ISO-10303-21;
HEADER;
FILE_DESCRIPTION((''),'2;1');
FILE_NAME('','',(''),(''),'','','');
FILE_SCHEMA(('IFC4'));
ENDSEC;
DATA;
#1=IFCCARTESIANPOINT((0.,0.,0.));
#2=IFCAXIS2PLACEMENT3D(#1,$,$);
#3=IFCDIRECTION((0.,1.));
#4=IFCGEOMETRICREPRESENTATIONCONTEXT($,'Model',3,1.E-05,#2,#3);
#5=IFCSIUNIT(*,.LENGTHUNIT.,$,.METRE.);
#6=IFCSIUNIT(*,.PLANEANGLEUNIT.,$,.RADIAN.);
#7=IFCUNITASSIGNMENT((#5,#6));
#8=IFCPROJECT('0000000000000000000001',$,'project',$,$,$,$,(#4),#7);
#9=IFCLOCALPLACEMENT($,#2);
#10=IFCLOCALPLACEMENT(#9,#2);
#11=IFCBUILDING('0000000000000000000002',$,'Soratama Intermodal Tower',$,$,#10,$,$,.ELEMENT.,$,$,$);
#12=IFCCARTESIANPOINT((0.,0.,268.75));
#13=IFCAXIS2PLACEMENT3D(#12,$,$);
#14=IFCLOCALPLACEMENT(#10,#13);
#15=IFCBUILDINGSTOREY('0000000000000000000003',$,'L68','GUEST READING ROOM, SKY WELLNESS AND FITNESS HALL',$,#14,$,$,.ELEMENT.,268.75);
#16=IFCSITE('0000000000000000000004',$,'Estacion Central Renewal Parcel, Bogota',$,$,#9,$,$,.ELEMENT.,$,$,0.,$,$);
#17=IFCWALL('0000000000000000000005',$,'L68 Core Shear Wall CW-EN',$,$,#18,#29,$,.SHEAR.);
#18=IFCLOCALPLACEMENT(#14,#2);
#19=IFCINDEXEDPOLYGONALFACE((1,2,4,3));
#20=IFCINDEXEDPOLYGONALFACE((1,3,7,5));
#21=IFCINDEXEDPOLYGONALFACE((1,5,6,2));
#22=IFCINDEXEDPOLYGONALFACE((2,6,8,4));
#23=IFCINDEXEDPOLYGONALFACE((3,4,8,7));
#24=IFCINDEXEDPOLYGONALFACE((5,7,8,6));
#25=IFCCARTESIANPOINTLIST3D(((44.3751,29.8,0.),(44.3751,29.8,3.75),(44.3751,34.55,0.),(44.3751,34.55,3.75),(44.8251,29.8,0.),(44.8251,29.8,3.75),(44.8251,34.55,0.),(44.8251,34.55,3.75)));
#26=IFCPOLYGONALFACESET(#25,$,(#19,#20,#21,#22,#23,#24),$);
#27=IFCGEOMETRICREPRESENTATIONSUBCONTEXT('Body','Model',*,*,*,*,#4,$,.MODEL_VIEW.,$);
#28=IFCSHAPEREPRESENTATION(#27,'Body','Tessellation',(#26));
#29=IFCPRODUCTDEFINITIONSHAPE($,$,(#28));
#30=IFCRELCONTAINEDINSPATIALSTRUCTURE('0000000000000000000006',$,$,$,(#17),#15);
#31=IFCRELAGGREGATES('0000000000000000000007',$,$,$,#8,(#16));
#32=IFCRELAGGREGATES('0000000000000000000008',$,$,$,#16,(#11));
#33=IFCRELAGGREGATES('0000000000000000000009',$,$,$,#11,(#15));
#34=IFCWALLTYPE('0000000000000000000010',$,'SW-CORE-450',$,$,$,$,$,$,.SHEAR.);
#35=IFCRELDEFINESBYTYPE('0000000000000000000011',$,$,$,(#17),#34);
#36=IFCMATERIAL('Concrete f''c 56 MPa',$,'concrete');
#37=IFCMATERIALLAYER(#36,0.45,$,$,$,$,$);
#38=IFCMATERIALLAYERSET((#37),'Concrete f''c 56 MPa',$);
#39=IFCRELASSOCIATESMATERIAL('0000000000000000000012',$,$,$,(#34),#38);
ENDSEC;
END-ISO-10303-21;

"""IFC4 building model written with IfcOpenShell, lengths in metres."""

from ifc_helpers import new_model, si_unit, direction, frame, frame_2d, origin, place, context, subcontext, project, spatial, rectangle, extrude, material, layer, layer_set, type_object, element, save


model = new_model("IFC4")

# Units and contexts
model_context = context("Model", 3, precision=1e-05, world=origin(), true_north=direction((0.0, 1.0)))
body_context = subcontext(model_context, "Body", "Model", "MODEL_VIEW")
ifc_project = project(units=[si_unit("LENGTHUNIT", "METRE"), si_unit("PLANEANGLEUNIT", "RADIAN")], contexts=[model_context])

# Site, building, storey
site_placement = place(None, origin())
site = spatial("IfcSite", under=ifc_project, at=site_placement, Name="Estacion Central Renewal Parcel, Bogota", CompositionType="ELEMENT", RefElevation=0.0)
building_placement = place(site_placement, origin())
building = spatial("IfcBuilding", under=site, at=building_placement, Name="Soratama Intermodal Tower", CompositionType="ELEMENT")
storey_placement = place(building_placement, frame((0.0, 0.0, 268.75)))
storey = spatial("IfcBuildingStorey", under=building, at=storey_placement, Name="L68", Description="GUEST READING ROOM, SKY WELLNESS AND FITNESS HALL", CompositionType="ELEMENT", Elevation=268.75)

# Wall
ifc_material_1 = material(Name="Concrete f'c 56 MPa", Category="concrete")
ifc_layer_1 = layer(ifc_material_1, 0.45)
ifc_layer_set_1 = layer_set([ifc_layer_1], Name="Concrete f'c 56 MPa")
wall_type_1 = type_object("IfcWallType", Name="SW-CORE-450", PredefinedType="SHEAR", material=ifc_layer_set_1)
wall_1_placement = place(storey_placement, frame((44.6001, 29.8, 0.0), z_axis=(0.0, 0.0, 1.0), x_axis=(0.0, 1.0, 0.0)))
element("IfcWall", 1, at=wall_1_placement, inside=storey, type_object=wall_type_1, Name="L68 Core Shear Wall CW-EN", PredefinedType="SHEAR", context=body_context, shape_type="SweptSolid", body=[
    extrude(rectangle(XDim=4.75, YDim=0.45, at=frame_2d((2.375, 0.0))), origin(), (0.0, 0.0, 1.0), 3.75),
])

save(model, "model.ifc")
